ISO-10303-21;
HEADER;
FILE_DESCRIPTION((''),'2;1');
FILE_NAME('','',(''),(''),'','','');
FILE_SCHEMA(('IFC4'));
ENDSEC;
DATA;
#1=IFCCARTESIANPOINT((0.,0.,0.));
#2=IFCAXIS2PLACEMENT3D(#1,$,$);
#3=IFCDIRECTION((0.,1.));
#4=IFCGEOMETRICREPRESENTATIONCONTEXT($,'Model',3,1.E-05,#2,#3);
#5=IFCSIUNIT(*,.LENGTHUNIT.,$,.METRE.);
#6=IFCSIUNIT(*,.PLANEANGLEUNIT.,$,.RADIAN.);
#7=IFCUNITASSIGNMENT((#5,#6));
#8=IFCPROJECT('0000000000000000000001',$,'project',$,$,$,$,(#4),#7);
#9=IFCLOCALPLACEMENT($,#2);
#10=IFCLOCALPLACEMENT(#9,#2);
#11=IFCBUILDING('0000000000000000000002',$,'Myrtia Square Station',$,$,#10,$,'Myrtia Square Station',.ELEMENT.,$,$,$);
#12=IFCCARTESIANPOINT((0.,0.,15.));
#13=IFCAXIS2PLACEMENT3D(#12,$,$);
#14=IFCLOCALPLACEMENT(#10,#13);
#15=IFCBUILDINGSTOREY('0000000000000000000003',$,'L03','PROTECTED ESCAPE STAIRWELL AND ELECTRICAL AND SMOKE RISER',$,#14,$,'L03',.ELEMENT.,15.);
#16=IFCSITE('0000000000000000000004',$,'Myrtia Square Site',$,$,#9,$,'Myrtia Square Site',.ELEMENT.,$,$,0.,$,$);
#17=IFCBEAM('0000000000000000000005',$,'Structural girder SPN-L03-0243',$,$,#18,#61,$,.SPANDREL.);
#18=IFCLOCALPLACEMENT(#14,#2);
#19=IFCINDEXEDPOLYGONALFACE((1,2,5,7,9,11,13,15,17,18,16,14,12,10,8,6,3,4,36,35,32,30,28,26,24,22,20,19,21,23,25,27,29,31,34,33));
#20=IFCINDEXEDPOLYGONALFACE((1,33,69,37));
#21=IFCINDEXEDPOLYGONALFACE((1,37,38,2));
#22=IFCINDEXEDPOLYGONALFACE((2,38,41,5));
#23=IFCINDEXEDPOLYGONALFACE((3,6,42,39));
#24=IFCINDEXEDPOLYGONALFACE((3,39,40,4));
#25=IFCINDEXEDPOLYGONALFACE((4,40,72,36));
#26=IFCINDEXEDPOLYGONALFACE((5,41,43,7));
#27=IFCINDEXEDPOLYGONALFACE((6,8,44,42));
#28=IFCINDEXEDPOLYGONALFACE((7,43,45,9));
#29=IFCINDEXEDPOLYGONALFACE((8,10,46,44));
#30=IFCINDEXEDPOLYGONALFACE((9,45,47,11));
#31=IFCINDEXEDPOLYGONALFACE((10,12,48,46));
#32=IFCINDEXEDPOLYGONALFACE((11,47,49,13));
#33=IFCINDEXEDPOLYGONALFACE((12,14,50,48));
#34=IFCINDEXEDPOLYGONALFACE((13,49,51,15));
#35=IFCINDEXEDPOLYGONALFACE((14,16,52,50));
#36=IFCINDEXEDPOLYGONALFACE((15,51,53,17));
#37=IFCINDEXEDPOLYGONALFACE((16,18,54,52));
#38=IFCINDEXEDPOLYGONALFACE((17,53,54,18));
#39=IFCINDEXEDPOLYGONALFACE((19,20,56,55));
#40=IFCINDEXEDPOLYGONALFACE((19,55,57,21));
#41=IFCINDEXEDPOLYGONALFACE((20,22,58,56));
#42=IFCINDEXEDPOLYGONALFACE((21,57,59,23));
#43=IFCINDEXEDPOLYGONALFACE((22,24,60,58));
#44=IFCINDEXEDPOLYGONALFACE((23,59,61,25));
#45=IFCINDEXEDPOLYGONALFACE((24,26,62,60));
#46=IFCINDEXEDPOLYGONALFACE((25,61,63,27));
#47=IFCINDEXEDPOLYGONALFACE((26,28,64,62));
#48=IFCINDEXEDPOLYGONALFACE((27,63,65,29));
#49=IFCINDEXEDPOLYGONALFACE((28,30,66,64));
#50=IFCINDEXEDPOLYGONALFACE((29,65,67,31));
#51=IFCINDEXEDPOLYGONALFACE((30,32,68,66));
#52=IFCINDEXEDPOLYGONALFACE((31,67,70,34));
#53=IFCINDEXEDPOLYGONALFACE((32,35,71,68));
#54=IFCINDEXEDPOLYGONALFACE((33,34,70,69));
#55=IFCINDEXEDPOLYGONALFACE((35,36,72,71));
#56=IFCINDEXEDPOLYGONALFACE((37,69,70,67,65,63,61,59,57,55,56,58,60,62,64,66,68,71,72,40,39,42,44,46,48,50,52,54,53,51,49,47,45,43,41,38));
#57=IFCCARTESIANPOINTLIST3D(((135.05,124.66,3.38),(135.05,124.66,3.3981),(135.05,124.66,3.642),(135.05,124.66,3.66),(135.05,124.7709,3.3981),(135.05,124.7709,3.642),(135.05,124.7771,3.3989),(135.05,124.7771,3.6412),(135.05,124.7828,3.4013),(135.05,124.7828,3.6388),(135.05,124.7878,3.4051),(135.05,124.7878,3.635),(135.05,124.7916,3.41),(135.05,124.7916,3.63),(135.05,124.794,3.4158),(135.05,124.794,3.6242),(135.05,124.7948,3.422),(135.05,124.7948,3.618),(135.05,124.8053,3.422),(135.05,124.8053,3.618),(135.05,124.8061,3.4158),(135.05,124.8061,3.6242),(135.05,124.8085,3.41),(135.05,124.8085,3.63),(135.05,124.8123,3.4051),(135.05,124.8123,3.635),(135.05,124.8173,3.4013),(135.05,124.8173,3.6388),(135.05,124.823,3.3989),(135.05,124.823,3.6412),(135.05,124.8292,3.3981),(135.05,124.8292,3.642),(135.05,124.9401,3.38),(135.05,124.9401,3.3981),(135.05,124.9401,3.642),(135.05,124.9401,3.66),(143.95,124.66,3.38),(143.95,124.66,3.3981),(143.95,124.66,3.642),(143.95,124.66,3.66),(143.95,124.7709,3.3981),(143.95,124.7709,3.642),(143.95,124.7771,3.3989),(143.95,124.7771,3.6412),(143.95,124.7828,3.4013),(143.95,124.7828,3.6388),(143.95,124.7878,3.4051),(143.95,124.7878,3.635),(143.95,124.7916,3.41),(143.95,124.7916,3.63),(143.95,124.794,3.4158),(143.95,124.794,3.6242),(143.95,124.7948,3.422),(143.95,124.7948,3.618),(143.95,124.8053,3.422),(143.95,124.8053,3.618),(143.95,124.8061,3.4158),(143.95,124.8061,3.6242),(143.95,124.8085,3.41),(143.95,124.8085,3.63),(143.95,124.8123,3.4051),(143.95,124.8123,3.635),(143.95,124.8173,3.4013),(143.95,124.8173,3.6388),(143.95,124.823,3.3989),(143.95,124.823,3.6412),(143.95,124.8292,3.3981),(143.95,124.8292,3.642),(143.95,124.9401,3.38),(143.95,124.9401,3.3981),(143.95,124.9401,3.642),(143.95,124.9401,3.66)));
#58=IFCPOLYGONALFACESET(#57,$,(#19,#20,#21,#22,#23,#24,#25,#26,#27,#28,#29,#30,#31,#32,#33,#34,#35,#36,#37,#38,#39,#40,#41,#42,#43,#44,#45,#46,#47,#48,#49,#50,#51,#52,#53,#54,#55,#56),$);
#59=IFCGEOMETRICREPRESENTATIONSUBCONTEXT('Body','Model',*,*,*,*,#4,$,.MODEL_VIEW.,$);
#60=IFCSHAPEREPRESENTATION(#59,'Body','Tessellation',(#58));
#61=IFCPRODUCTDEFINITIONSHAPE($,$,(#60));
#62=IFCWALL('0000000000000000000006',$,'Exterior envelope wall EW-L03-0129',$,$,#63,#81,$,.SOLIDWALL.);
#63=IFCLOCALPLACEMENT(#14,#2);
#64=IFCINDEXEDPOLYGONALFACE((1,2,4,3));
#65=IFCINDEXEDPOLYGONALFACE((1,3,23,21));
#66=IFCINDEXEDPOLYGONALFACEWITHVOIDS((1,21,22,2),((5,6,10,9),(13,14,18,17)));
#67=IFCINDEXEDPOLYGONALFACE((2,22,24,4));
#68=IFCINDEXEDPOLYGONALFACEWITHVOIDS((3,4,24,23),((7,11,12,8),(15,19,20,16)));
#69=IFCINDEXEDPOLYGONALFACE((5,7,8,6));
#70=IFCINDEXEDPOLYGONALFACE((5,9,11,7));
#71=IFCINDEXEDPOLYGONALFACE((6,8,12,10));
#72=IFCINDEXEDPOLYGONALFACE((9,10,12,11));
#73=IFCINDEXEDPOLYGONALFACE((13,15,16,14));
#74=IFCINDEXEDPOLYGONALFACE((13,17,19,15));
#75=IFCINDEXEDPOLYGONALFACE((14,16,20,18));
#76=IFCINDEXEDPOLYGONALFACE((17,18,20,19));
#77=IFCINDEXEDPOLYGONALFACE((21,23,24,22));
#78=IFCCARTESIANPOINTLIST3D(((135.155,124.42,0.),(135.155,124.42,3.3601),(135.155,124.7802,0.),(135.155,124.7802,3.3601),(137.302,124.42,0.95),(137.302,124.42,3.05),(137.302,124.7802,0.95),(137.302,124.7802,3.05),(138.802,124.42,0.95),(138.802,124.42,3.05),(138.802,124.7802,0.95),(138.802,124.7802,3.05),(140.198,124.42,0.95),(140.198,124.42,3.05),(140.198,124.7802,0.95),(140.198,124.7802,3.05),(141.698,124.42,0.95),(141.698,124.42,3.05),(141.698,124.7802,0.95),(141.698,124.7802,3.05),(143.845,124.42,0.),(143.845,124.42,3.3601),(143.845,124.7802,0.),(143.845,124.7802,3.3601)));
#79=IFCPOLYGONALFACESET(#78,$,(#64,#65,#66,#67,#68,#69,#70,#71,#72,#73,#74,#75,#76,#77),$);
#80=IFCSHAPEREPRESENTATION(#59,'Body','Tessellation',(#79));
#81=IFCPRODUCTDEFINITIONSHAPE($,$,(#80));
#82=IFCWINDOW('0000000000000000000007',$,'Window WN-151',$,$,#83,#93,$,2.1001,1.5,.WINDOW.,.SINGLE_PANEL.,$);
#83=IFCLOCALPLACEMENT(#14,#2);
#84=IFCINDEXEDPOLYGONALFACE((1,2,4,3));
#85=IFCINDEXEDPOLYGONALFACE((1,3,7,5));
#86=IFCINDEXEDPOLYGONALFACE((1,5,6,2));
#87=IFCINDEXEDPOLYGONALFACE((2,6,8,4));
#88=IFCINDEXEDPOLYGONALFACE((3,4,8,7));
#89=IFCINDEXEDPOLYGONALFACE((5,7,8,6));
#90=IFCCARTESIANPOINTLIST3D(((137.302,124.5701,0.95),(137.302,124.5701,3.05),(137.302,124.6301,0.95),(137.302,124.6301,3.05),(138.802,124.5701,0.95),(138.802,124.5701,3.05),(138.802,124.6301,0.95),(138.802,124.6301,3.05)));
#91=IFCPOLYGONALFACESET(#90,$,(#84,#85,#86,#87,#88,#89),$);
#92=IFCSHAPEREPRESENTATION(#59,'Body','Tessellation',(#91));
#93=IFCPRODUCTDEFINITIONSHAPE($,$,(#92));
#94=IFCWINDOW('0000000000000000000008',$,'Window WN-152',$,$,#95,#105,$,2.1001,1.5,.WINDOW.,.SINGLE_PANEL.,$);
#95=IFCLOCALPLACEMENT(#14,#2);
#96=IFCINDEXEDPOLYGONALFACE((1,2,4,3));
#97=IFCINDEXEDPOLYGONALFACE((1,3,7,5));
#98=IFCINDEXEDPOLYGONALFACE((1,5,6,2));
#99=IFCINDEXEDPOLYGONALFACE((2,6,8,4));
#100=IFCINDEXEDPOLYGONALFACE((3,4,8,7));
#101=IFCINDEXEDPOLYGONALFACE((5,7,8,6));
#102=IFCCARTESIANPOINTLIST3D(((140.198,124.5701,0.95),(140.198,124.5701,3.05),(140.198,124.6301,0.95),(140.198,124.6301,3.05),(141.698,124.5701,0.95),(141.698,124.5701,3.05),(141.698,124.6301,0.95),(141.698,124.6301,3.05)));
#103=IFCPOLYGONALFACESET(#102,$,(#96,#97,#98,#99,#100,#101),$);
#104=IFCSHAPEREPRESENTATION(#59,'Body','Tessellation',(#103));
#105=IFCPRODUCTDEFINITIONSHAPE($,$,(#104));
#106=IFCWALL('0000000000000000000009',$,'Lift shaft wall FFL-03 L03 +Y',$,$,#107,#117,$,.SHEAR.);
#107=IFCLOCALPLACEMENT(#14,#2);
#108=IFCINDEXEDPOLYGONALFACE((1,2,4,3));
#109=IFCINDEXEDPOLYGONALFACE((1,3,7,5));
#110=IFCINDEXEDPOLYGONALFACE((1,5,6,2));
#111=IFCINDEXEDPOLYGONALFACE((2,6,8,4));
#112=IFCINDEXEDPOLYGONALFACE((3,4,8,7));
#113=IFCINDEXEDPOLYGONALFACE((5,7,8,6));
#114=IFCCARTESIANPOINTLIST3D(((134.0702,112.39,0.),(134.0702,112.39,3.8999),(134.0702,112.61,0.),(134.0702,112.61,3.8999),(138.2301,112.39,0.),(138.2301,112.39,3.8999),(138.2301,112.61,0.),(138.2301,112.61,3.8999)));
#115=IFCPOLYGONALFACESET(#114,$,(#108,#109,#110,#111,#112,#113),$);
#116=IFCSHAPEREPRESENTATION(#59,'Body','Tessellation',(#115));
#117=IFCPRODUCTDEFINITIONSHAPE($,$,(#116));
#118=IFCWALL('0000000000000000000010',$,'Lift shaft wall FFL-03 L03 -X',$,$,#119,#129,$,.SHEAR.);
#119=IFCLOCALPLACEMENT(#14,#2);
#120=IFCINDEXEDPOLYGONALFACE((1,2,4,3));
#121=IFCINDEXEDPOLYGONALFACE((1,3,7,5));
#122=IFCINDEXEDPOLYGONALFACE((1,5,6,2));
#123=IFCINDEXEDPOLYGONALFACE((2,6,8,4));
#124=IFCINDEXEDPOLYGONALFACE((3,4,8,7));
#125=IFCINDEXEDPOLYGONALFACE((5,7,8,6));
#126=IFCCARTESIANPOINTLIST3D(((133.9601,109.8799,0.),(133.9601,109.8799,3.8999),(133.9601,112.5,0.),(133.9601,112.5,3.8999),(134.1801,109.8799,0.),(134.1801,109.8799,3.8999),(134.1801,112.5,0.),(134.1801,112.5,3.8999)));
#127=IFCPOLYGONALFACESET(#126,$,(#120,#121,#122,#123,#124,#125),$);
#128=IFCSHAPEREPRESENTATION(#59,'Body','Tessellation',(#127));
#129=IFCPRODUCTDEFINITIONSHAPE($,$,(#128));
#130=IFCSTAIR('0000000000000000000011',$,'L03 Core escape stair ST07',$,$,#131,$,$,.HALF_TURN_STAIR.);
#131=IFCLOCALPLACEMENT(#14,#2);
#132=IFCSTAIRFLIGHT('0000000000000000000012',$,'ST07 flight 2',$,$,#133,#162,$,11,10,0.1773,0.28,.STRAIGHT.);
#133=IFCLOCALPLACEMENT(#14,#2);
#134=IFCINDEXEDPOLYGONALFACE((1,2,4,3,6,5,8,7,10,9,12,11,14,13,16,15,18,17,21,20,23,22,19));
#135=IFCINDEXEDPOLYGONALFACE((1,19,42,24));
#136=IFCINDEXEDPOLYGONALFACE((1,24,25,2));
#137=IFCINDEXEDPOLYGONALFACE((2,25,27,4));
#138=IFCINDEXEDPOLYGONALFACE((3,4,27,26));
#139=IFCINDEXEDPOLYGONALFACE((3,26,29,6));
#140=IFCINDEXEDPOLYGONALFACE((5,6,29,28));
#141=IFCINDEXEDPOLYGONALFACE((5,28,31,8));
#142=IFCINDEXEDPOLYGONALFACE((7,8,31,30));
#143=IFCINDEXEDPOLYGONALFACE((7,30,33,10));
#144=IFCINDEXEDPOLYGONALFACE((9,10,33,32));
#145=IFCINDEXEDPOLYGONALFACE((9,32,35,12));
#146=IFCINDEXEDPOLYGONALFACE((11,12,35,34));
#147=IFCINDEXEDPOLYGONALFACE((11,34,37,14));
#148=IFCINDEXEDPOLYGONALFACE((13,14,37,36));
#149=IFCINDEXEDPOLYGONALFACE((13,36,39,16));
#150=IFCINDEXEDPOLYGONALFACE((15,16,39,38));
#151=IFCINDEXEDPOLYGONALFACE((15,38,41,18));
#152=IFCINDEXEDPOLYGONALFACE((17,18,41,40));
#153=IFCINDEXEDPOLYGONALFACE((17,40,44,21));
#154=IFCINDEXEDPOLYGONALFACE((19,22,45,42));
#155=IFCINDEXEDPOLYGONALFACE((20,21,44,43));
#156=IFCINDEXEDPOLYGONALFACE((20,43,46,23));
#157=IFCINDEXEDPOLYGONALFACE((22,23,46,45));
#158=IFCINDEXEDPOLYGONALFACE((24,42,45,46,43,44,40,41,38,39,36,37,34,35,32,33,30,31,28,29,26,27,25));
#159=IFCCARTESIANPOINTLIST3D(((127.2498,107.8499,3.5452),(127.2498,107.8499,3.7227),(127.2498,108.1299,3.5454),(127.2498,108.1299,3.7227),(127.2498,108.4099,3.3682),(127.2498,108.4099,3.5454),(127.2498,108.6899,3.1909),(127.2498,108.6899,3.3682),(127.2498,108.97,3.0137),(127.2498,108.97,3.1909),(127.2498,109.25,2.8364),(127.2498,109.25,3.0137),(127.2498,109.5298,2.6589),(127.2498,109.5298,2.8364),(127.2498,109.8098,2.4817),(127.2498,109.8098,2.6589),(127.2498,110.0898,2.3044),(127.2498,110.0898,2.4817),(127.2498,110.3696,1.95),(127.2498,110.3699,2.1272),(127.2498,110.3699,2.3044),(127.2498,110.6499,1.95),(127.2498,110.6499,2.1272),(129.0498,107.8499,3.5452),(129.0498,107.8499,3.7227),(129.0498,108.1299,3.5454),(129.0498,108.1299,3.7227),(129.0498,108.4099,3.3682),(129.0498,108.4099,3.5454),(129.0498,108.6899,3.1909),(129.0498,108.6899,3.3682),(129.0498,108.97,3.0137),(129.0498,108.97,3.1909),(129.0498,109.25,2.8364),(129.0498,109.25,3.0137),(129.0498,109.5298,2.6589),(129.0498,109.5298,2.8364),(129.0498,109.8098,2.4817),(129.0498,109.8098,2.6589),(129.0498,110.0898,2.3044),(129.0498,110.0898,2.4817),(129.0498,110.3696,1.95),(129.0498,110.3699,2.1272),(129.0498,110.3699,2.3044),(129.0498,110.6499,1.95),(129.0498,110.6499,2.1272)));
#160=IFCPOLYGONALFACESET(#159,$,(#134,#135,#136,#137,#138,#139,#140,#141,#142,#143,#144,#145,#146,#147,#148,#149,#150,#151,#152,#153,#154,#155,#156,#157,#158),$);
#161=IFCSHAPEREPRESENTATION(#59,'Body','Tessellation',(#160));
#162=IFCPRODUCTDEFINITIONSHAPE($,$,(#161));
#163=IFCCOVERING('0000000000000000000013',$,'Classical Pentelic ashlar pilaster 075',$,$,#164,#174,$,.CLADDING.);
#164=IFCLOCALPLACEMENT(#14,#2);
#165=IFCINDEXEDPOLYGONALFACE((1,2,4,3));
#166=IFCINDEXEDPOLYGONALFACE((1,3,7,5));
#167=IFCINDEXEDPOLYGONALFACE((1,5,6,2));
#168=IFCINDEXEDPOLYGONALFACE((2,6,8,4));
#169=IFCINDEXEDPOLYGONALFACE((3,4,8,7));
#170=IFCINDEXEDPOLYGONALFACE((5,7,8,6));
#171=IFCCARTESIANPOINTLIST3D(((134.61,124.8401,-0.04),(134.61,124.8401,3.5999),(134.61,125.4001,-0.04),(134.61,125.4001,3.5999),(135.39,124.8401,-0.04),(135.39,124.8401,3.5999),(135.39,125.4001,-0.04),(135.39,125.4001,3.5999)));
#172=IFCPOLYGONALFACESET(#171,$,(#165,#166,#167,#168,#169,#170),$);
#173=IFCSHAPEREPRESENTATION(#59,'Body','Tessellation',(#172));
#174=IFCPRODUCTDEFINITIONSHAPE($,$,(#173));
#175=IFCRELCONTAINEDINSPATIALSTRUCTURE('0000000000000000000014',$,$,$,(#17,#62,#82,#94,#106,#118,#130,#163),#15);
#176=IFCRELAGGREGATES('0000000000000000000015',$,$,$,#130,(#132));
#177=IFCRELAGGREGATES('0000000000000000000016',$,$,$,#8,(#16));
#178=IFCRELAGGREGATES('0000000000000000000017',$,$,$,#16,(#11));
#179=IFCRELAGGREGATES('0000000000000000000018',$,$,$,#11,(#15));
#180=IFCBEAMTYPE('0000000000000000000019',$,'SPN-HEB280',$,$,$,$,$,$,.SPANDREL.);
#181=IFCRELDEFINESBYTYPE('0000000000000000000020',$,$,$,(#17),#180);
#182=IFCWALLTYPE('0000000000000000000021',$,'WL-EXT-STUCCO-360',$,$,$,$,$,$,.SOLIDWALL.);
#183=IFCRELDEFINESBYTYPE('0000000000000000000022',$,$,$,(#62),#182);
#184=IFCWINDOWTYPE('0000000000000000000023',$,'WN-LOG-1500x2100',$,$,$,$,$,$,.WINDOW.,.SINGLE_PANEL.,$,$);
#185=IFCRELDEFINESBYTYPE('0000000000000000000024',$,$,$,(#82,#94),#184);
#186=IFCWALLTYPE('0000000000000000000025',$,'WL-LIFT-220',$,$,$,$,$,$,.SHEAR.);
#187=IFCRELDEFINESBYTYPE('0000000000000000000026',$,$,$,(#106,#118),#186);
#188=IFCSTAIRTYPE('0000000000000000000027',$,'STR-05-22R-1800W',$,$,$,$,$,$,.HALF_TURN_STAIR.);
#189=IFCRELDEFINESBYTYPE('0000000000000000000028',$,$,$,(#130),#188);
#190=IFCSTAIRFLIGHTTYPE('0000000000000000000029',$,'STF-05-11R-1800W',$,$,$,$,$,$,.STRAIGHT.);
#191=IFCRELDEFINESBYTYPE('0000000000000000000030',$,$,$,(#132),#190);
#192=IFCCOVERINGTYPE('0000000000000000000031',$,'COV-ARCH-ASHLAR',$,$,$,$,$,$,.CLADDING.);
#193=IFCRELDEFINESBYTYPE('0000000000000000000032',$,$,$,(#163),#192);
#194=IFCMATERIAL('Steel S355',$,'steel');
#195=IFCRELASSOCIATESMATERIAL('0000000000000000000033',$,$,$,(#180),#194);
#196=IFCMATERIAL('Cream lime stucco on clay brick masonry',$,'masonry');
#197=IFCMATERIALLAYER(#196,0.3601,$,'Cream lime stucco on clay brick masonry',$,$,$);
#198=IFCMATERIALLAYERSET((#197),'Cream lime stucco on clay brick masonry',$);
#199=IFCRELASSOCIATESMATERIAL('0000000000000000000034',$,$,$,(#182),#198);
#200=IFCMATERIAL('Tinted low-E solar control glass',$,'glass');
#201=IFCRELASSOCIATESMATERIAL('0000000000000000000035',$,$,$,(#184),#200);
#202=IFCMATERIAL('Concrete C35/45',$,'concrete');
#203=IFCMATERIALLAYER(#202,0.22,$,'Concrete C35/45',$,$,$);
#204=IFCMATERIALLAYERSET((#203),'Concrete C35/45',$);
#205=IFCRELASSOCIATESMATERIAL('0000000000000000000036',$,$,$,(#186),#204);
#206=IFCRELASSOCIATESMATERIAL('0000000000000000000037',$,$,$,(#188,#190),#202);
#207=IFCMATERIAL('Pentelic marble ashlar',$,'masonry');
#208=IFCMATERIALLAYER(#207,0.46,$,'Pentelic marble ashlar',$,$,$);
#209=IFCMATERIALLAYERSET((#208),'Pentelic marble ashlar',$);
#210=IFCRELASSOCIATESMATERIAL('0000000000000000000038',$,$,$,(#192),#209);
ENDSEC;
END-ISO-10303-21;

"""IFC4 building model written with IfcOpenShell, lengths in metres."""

from ifc_helpers import new_model, si_unit, direction, frame, frame_2d, origin, origin_2d, place, context, subcontext, project, spatial, polyline, rectangle, i_section, outline, extrude, material, layer, layer_set, material_profile, profile_set, type_object, element, fill, aggregate, save


model = new_model("IFC4")

# Units and contexts
model_context = context("Model", 3, precision=1e-05, world=origin(), true_north=direction((0.0, 1.0)))
body_context = subcontext(model_context, "Body", "Model", "MODEL_VIEW")
ifc_project = project(units=[si_unit("LENGTHUNIT", "METRE"), si_unit("PLANEANGLEUNIT", "RADIAN")], contexts=[model_context])

# Site, building, storey
site_placement = place(None, origin())
site = spatial("IfcSite", under=ifc_project, at=site_placement, Name="Myrtia Square Site", LongName="Myrtia Square Site", CompositionType="ELEMENT", RefElevation=0.0)
building_placement = place(site_placement, origin())
building = spatial("IfcBuilding", under=site, at=building_placement, Name="Myrtia Square Station", LongName="Myrtia Square Station", CompositionType="ELEMENT")
storey_placement = place(building_placement, frame((0.0, 0.0, 15.0)))
storey = spatial("IfcBuildingStorey", under=building, at=storey_placement, Name="L03", Description="PROTECTED ESCAPE STAIRWELL AND ELECTRICAL AND SMOKE RISER", LongName="L03", CompositionType="ELEMENT", Elevation=15.0)

# Shared definitions
ifc_material_1 = material(Name="Steel S355", Category="steel")

# Beam
ifc_material_profile_1 = material_profile(ifc_material_1, i_section(OverallWidth=0.28, OverallDepth=0.28, WebThickness=0.0105, FlangeThickness=0.0181, FilletRadius=0.0239, at=origin_2d()), Name="HEB 280")
ifc_profile_set_1 = profile_set([ifc_material_profile_1], Name="Steel S355")
beam_type_1 = type_object("IfcBeamType", Name="SPN-HEB280", PredefinedType="SPANDREL", material=ifc_profile_set_1)
beam_1_placement = place(storey_placement, frame((135.05, 124.8, 3.52), z_axis=(1.0, 0.0, 0.0), x_axis=(0.0, 1.0, 0.0)))
element("IfcBeam", 1, at=beam_1_placement, inside=storey, type_object=beam_type_1, Name="Structural girder SPN-L03-0243", PredefinedType="SPANDREL", context=body_context, shape_type="SweptSolid", body=[
    extrude(i_section(OverallWidth=0.28, OverallDepth=0.28, WebThickness=0.0105, FlangeThickness=0.0181, FilletRadius=0.0239, at=origin_2d()), origin(), (0.0, 0.0, 1.0), 8.8999),
])

# Wall, openings, windows
ifc_material_2 = material(Name="Cream lime stucco on clay brick masonry", Category="masonry")
ifc_layer_1 = layer(ifc_material_2, 0.3601, Name="Cream lime stucco on clay brick masonry")
ifc_layer_set_1 = layer_set([ifc_layer_1], Name="Cream lime stucco on clay brick masonry")
wall_type_1 = type_object("IfcWallType", Name="WL-EXT-STUCCO-360", PredefinedType="SOLIDWALL", material=ifc_layer_set_1)
wall_1_placement = place(storey_placement, frame((135.155, 124.6001, 0.0), z_axis=(0.0, 0.0, 1.0), x_axis=(1.0, 0.0, 0.0)))
wall_1 = element("IfcWall", 2, at=wall_1_placement, inside=storey, type_object=wall_type_1, Name="Exterior envelope wall EW-L03-0129", PredefinedType="SOLIDWALL", context=body_context, shape_type="SweptSolid", body=[
    extrude(rectangle(XDim=8.6899, YDim=0.3601, at=frame_2d((4.345, 0.0))), origin(), (0.0, 0.0, 1.0), 3.3601),
])
opening_1_placement = place(wall_1_placement, frame((2.147, 0.0, 0.95)))
opening_1 = element("IfcOpeningElement", 3, at=opening_1_placement, cuts=wall_1, PredefinedType="OPENING", context=body_context, shape_type="SweptSolid", body=[
    extrude(rectangle(XDim=1.5, YDim=2.1001, at=frame_2d((0.75, 1.05))), frame((0.0, 0.1951, 0.0), z_axis=(0.0, -1.0, 0.0), x_axis=(1.0, 0.0, 0.0)), (0.0, 0.0, 1.0), 0.3901),
])
opening_2_placement = place(wall_1_placement, frame((5.043, 0.0, 0.95)))
opening_2 = element("IfcOpeningElement", 4, at=opening_2_placement, cuts=wall_1, PredefinedType="OPENING", context=body_context, shape_type="SweptSolid", body=[
    extrude(rectangle(XDim=1.5, YDim=2.1001, at=frame_2d((0.75, 1.05))), frame((0.0, 0.1951, 0.0), z_axis=(0.0, -1.0, 0.0), x_axis=(1.0, 0.0, 0.0)), (0.0, 0.0, 1.0), 0.3901),
])
ifc_material_3 = material(Name="Tinted low-E solar control glass", Category="glass")
window_type = type_object("IfcWindowType", Name="WN-LOG-1500x2100", PartitioningType="SINGLE_PANEL", PredefinedType="WINDOW", material=ifc_material_3)
window_1_placement = place(opening_1_placement, origin())
window_1 = element("IfcWindow", 5, at=window_1_placement, inside=storey, type_object=window_type, Name="Window WN-151", OverallHeight=2.1001, OverallWidth=1.5, PartitioningType="SINGLE_PANEL", PredefinedType="WINDOW", context=body_context, shape_type="SweptSolid", body=[
    extrude(rectangle(XDim=1.5, YDim=2.1001, at=frame_2d((0.75, 1.05))), frame((0.0, 0.03, 0.0), z_axis=(0.0, -1.0, 0.0), x_axis=(1.0, 0.0, 0.0)), (0.0, 0.0, 1.0), 0.0601),
])
fill(opening_1, window_1)
window_2_placement = place(opening_2_placement, origin())
window_2 = element("IfcWindow", 6, at=window_2_placement, inside=storey, type_object=window_type, Name="Window WN-152", OverallHeight=2.1001, OverallWidth=1.5, PartitioningType="SINGLE_PANEL", PredefinedType="WINDOW", context=body_context, shape_type="SweptSolid", body=[
    extrude(rectangle(XDim=1.5, YDim=2.1001, at=frame_2d((0.75, 1.05))), frame((0.0, 0.03, 0.0), z_axis=(0.0, -1.0, 0.0), x_axis=(1.0, 0.0, 0.0)), (0.0, 0.0, 1.0), 0.0601),
])
fill(opening_2, window_2)

# Shared definitions
ifc_material_4 = material(Name="Concrete C35/45", Category="concrete")
ifc_layer_2 = layer(ifc_material_4, 0.22, Name="Concrete C35/45")
ifc_layer_set_2 = layer_set([ifc_layer_2], Name="Concrete C35/45")
wall_type_2 = type_object("IfcWallType", Name="WL-LIFT-220", PredefinedType="SHEAR", material=ifc_layer_set_2)

# Walls
wall_2_placement = place(storey_placement, frame((134.0701, 112.5, 0.0), z_axis=(0.0, 0.0, 1.0), x_axis=(1.0, 0.0, 0.0)))
element("IfcWall", 7, at=wall_2_placement, inside=storey, type_object=wall_type_2, Name="Lift shaft wall FFL-03 L03 +Y", PredefinedType="SHEAR", context=body_context, shape_type="SweptSolid", body=[
    extrude(rectangle(XDim=4.1599, YDim=0.22, at=frame_2d((2.0801, 0.0))), origin(), (0.0, 0.0, 1.0), 3.8999),
])
wall_3_placement = place(storey_placement, frame((134.0701, 109.8799, 0.0), z_axis=(0.0, 0.0, 1.0), x_axis=(0.0, 1.0, 0.0)))
element("IfcWall", 8, at=wall_3_placement, inside=storey, type_object=wall_type_2, Name="Lift shaft wall FFL-03 L03 -X", PredefinedType="SHEAR", context=body_context, shape_type="SweptSolid", body=[
    extrude(rectangle(XDim=2.6201, YDim=0.22, at=frame_2d((1.3101, 0.0))), origin(), (0.0, 0.0, 1.0), 3.8999),
])

# Stair, stair flight
stair_type = type_object("IfcStairType", Name="STR-05-22R-1800W", PredefinedType="HALF_TURN_STAIR", material=ifc_material_4)
stair_placement = place(storey_placement, origin())
stair = element("IfcStair", 9, at=stair_placement, inside=storey, type_object=stair_type, Name="L03 Core escape stair ST07", PredefinedType="HALF_TURN_STAIR")
stair_flight_type = type_object("IfcStairFlightType", Name="STF-05-11R-1800W", PredefinedType="STRAIGHT", material=ifc_material_4)
stair_flight_placement = place(storey_placement, frame((128.1499, 110.6499, 1.95), z_axis=(0.0, 0.0, 1.0), x_axis=(0.0, -1.0, 0.0)))
stair_flight = element("IfcStairFlight", 10, at=stair_flight_placement, type_object=stair_flight_type, Name="ST07 flight 2", NumberOfRisers=11, NumberOfTreads=10, PredefinedType="STRAIGHT", RiserHeight=0.1773, TreadLength=0.28, context=body_context, shape_type="SweptSolid", body=[
    extrude(outline(polyline([(0.0, 0.0), (0.0, 0.1772), (0.28, 0.1772), (0.28, 0.3545), (0.5601, 0.3545), (0.5601, 0.5317), (0.8401, 0.5317), (0.8401, 0.709), (1.1201, 0.709), (1.1201, 0.8865), (1.3999, 0.8865), (1.3999, 1.0637), (1.6799, 1.0637), (1.6799, 1.241), (1.96, 1.241), (1.96, 1.4182), (2.24, 1.4182), (2.24, 1.5955), (2.52, 1.5955), (2.52, 1.7727), (2.8, 1.7727), (2.8, 1.95), (2.8, 1.5952), (0.2803, 0.0), (0.0, 0.0)])), frame((0.0, 0.8999, 0.0), z_axis=(0.0, -1.0, 0.0), x_axis=(1.0, 0.0, 0.0)), (0.0, 0.0, 1.0), 1.8),
])
aggregate(stair, [stair_flight])

# Covering
ifc_material_5 = material(Name="Pentelic marble ashlar", Category="masonry")
ifc_layer_3 = layer(ifc_material_5, 0.46, Name="Pentelic marble ashlar")
ifc_layer_set_3 = layer_set([ifc_layer_3], Name="Pentelic marble ashlar")
covering_type = type_object("IfcCoveringType", Name="COV-ARCH-ASHLAR", PredefinedType="CLADDING", material=ifc_layer_set_3)
covering_placement = place(storey_placement, frame((135.0, 125.1201, -0.04), z_axis=(0.0, 0.0, 1.0), x_axis=(1.0, 0.0, 0.0)))
element("IfcCovering", 11, at=covering_placement, inside=storey, type_object=covering_type, Name="Classical Pentelic ashlar pilaster 075", PredefinedType="CLADDING", context=body_context, shape_type="SweptSolid", body=[
    extrude(rectangle(XDim=0.78, YDim=0.5601, at=origin_2d()), origin(), (0.0, 0.0, 1.0), 3.6399),
])

save(model, "model.ifc")
